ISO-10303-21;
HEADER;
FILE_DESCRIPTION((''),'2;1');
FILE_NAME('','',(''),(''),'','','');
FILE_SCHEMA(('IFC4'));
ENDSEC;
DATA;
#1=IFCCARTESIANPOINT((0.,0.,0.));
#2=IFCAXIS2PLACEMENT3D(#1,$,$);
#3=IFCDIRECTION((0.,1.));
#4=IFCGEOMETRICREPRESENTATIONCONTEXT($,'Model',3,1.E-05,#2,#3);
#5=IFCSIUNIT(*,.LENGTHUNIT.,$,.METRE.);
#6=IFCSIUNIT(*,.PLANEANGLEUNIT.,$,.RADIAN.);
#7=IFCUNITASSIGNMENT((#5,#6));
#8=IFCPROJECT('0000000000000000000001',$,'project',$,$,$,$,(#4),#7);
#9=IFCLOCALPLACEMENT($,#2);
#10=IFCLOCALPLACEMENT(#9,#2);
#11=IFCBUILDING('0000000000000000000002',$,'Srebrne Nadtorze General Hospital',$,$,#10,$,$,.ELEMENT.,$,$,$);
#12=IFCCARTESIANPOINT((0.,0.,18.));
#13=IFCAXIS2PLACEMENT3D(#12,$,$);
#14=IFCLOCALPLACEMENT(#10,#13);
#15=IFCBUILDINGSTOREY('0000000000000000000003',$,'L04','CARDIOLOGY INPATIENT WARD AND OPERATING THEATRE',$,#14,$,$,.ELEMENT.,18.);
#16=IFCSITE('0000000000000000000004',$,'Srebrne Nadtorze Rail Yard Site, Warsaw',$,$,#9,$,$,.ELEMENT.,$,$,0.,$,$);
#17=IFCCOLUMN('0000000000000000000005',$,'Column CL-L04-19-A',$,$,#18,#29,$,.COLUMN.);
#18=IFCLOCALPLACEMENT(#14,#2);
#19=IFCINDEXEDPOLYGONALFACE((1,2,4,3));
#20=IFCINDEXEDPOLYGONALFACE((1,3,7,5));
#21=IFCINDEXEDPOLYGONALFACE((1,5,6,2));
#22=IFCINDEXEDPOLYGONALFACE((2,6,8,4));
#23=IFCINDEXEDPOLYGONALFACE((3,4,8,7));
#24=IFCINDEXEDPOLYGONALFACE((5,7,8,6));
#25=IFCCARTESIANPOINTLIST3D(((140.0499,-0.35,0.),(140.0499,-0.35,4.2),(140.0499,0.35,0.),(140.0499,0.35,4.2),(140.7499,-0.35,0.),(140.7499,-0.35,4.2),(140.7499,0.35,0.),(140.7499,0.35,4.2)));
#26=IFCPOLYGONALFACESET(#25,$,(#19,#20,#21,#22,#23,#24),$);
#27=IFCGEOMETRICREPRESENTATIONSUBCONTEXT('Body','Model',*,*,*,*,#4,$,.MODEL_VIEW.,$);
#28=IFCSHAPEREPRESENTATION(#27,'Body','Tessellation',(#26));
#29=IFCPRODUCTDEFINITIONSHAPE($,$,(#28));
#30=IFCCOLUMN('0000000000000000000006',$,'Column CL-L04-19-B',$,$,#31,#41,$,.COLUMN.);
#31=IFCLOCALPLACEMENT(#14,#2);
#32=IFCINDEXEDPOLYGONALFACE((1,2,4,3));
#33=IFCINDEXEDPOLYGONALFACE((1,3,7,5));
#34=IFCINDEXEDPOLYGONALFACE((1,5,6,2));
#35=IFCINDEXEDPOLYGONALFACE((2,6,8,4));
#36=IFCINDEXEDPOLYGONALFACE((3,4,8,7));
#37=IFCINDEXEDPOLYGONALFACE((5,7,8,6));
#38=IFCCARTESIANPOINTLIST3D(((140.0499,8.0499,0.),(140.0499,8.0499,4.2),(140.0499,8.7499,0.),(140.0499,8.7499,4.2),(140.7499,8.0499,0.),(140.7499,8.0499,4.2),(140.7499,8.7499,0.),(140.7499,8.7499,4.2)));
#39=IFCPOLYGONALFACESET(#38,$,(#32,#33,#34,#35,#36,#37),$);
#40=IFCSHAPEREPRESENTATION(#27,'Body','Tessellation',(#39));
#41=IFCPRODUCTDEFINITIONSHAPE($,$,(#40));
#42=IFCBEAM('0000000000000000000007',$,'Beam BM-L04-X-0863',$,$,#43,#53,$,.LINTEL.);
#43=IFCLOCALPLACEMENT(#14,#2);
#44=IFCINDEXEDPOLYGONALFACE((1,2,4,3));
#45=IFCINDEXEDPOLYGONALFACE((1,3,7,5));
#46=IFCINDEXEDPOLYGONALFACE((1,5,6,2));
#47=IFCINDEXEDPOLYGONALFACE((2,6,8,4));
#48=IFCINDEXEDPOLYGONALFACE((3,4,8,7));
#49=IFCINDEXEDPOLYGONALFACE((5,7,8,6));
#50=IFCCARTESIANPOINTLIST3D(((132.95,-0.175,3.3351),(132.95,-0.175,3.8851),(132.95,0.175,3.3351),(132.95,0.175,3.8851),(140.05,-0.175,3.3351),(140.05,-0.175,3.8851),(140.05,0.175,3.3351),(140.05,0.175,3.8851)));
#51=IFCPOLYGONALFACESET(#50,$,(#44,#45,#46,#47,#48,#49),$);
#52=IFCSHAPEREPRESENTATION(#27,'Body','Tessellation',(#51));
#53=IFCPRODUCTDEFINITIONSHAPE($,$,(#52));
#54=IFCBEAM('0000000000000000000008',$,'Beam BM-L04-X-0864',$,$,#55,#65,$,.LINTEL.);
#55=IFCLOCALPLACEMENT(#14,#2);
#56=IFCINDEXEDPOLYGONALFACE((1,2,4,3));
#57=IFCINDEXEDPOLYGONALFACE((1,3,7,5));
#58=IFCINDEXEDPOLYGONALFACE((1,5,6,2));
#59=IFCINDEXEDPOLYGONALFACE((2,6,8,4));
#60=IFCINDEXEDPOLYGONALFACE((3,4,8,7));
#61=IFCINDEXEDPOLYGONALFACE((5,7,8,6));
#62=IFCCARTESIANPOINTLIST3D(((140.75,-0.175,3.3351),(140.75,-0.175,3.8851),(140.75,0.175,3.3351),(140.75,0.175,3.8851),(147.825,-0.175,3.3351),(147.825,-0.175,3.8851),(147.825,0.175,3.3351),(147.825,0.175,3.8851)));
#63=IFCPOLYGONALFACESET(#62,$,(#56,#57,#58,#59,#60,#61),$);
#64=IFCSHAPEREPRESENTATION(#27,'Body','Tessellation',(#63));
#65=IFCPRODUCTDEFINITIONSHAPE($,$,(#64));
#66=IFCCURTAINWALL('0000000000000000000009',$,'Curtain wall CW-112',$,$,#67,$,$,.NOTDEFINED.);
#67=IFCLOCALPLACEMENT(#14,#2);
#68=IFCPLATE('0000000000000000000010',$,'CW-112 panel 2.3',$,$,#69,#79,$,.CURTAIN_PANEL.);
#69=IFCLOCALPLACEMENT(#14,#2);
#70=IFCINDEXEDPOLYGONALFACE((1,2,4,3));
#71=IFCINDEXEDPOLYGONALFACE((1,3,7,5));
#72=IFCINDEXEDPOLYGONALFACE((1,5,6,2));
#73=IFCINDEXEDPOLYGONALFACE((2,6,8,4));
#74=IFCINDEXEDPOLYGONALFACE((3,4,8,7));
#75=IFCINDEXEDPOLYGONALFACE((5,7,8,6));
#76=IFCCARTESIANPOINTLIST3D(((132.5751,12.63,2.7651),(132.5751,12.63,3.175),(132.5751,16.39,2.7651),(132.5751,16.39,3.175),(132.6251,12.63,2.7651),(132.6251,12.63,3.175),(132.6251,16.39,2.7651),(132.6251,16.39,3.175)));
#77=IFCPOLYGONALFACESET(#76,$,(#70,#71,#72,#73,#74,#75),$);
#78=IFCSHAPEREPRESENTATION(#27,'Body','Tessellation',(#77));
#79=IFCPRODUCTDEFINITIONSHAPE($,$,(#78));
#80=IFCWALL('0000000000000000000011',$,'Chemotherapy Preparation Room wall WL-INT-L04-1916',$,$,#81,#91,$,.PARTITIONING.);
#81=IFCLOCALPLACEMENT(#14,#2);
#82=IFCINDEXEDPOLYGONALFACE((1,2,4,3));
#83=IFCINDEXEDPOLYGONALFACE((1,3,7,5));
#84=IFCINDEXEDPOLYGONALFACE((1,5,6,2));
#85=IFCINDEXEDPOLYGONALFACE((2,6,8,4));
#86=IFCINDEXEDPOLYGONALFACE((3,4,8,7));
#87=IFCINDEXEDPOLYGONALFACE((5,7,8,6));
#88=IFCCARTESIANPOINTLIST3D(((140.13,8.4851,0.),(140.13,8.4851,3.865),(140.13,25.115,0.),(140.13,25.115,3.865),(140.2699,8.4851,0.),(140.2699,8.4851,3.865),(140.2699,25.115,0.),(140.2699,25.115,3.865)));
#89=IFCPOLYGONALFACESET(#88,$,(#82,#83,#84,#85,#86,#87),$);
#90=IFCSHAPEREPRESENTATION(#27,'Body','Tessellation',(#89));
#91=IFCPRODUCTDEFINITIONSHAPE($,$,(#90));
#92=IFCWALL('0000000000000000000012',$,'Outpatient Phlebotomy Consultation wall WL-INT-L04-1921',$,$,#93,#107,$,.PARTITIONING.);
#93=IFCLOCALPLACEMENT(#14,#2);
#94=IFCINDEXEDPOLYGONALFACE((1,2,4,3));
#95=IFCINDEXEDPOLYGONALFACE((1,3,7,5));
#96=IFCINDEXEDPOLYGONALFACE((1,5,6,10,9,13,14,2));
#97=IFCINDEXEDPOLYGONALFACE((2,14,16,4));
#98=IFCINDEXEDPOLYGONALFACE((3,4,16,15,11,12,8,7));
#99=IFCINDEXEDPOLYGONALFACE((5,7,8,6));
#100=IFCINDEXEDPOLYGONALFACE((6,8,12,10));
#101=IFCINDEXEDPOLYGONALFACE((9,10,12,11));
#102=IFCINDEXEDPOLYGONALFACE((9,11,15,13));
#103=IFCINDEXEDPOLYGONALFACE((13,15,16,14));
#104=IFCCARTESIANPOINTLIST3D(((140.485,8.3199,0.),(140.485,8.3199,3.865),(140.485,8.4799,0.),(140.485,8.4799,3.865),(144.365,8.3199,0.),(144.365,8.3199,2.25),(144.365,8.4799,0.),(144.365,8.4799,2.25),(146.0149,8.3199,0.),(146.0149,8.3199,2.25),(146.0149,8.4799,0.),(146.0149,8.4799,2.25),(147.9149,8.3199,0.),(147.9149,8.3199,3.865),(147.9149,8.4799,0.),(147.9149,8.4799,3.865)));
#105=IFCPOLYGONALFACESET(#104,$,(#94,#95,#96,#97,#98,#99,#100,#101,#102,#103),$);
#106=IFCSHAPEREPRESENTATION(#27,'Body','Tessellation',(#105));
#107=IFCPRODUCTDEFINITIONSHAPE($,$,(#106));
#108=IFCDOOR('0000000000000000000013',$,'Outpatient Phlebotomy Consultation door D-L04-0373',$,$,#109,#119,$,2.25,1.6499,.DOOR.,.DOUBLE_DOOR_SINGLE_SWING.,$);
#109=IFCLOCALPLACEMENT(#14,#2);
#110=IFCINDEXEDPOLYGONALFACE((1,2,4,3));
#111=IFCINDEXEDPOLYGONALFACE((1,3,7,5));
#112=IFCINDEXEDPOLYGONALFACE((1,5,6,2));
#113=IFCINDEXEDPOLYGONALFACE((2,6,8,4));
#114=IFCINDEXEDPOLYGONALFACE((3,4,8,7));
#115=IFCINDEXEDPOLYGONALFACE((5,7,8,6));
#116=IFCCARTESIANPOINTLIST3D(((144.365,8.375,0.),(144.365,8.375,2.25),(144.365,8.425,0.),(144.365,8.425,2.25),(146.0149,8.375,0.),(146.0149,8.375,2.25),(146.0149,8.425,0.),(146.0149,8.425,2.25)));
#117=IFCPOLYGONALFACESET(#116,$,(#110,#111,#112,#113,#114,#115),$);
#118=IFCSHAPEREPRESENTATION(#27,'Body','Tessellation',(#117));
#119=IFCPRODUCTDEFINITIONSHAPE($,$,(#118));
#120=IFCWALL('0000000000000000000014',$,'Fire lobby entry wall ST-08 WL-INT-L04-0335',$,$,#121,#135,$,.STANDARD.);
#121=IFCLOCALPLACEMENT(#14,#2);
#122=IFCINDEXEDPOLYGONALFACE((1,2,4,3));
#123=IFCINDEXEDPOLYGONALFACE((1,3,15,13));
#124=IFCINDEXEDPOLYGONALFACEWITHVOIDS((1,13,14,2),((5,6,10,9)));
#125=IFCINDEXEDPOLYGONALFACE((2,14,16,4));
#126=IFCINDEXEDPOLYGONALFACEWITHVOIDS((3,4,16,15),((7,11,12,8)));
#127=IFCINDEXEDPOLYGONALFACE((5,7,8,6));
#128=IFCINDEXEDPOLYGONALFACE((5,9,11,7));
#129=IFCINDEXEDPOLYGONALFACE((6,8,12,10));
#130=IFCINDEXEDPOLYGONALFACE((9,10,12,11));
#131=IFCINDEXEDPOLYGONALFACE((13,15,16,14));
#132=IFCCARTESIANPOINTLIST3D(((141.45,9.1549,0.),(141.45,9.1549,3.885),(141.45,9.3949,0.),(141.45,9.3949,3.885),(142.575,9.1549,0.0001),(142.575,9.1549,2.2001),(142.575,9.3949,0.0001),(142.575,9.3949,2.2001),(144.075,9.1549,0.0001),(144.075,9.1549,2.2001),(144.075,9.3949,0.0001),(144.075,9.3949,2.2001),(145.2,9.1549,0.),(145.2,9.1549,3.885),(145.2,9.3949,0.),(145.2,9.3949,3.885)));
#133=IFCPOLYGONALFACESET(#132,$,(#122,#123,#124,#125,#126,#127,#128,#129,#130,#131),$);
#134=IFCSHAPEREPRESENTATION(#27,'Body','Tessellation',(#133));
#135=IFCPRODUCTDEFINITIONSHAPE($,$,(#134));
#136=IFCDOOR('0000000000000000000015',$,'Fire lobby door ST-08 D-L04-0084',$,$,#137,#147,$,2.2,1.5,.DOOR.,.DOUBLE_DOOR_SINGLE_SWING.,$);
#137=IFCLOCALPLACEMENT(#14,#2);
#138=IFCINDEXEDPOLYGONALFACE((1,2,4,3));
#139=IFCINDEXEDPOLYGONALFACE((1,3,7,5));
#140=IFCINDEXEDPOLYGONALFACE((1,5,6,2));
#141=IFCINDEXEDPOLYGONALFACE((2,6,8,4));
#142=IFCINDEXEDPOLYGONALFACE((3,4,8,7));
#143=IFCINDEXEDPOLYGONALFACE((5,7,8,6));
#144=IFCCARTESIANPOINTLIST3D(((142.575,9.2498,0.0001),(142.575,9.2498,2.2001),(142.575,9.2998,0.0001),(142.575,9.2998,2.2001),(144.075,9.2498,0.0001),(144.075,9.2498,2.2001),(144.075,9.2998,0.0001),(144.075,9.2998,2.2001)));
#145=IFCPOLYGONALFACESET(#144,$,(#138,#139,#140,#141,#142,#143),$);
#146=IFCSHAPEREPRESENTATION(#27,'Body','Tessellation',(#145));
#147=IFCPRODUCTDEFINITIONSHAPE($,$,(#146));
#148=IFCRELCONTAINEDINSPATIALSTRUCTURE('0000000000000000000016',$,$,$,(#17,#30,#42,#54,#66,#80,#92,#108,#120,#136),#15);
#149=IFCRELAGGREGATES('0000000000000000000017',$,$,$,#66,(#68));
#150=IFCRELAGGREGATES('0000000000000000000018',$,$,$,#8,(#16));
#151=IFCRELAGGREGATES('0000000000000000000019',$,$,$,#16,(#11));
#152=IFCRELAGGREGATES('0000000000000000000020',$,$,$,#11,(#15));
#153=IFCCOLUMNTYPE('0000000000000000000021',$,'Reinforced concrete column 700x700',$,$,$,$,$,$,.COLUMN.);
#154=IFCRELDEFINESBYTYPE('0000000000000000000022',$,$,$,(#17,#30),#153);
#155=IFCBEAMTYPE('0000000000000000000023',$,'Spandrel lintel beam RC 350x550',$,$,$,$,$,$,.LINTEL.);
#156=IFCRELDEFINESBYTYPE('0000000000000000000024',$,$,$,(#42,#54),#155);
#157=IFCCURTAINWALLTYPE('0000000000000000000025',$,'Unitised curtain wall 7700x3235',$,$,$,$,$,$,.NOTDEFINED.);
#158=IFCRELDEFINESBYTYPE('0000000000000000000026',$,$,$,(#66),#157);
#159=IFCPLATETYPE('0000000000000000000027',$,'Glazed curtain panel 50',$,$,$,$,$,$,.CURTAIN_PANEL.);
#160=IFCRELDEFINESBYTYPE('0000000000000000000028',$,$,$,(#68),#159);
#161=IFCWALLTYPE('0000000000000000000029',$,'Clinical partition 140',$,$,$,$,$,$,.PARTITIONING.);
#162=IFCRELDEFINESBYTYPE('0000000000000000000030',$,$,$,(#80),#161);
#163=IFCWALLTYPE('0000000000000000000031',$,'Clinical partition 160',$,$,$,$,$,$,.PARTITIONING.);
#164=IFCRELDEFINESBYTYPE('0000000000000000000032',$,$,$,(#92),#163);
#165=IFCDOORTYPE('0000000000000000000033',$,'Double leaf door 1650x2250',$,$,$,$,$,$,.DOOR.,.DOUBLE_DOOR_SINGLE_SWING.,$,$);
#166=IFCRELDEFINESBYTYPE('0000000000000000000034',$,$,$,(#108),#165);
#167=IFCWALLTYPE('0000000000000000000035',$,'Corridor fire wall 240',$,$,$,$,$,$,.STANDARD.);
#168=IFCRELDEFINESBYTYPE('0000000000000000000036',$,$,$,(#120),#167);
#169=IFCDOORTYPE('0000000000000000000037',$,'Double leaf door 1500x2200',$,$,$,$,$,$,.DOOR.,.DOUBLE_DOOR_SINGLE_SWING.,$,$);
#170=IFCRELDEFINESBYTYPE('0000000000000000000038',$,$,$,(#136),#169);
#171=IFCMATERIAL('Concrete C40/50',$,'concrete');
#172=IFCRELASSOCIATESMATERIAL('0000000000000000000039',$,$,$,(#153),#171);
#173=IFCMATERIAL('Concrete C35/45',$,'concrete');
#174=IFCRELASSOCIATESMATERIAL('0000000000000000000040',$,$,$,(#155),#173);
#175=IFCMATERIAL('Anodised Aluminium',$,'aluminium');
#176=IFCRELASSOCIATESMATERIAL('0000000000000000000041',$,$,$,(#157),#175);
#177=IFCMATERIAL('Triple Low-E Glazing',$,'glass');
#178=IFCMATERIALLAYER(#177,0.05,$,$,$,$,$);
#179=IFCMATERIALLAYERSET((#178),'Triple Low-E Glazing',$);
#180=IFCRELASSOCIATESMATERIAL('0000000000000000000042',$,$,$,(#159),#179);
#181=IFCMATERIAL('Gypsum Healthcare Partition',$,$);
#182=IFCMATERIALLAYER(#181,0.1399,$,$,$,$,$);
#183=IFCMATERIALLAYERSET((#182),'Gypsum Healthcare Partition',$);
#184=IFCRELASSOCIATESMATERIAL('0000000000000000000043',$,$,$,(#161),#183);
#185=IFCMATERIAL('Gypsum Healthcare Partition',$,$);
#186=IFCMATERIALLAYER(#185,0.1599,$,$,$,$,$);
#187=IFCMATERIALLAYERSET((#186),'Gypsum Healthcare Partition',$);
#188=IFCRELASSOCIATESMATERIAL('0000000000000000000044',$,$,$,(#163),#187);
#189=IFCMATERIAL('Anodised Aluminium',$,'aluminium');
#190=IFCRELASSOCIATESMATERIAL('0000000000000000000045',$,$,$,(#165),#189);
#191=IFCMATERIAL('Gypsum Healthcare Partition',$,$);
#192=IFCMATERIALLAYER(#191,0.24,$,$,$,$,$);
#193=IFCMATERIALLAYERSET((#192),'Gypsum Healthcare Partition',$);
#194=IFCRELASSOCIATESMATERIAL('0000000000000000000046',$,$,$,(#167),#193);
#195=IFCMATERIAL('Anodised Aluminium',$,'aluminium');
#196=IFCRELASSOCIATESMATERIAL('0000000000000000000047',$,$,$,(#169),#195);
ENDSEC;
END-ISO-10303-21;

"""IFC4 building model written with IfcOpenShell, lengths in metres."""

from ifc_helpers import new_model, si_unit, direction, frame, frame_2d, origin, origin_2d, place, context, subcontext, project, spatial, rectangle, extrude, material, layer, layer_set, material_profile, profile_set, type_object, element, fill, aggregate, save


model = new_model("IFC4")

# Units and contexts
model_context = context("Model", 3, precision=1e-05, world=origin(), true_north=direction((0.0, 1.0)))
body_context = subcontext(model_context, "Body", "Model", "MODEL_VIEW")
ifc_project = project(units=[si_unit("LENGTHUNIT", "METRE"), si_unit("PLANEANGLEUNIT", "RADIAN")], contexts=[model_context])

# Site, building, storey
site_placement = place(None, origin())
site = spatial("IfcSite", under=ifc_project, at=site_placement, Name="Srebrne Nadtorze Rail Yard Site, Warsaw", CompositionType="ELEMENT", RefElevation=0.0)
building_placement = place(site_placement, origin())
building = spatial("IfcBuilding", under=site, at=building_placement, Name="Srebrne Nadtorze General Hospital", CompositionType="ELEMENT")
storey_placement = place(building_placement, frame((0.0, 0.0, 18.0)))
storey = spatial("IfcBuildingStorey", under=building, at=storey_placement, Name="L04", Description="CARDIOLOGY INPATIENT WARD AND OPERATING THEATRE", CompositionType="ELEMENT", Elevation=18.0)

# Columns
ifc_material_1 = material(Name="Concrete C40/50", Category="concrete")
ifc_material_profile_1 = material_profile(ifc_material_1, rectangle(XDim=0.7, YDim=0.7, at=origin_2d()), Name="RC-COL-700x700")
ifc_profile_set_1 = profile_set([ifc_material_profile_1], Name="Concrete C40/50")
column_type = type_object("IfcColumnType", Name="Reinforced concrete column 700x700", PredefinedType="COLUMN", material=ifc_profile_set_1)
for number, where, z_axis, x_axis, name in (
    (1, (140.3999, 0.0, 0.0), (0.0, 0.0, 1.0), (1.0, 0.0, 0.0), "Column CL-L04-19-A"),
    (2, (140.3999, 8.3999, 0.0), (0.0, 0.0, 1.0), (1.0, 0.0, 0.0), "Column CL-L04-19-B"),
):
    element("IfcColumn", number, at=place(storey_placement, frame(where, z_axis=z_axis, x_axis=x_axis)), inside=storey, type_object=column_type, Name=name, PredefinedType="COLUMN", context=body_context, shape_type="SweptSolid", body=[
        extrude(rectangle(XDim=0.7, YDim=0.7, at=origin_2d()), origin(), (0.0, 0.0, 1.0), 4.2),
    ])

# Beams
ifc_material_2 = material(Name="Concrete C35/45", Category="concrete")
ifc_material_profile_2 = material_profile(ifc_material_2, rectangle(XDim=0.3501, YDim=0.55, at=origin_2d()), Name="RC-BM-350x550")
ifc_profile_set_2 = profile_set([ifc_material_profile_2], Name="Concrete C35/45")
beam_type = type_object("IfcBeamType", Name="Spandrel lintel beam RC 350x550", PredefinedType="LINTEL", material=ifc_profile_set_2)
beam_1_placement = place(storey_placement, frame((132.95, 0.0, 3.6101), z_axis=(1.0, 0.0, 0.0), x_axis=(0.0, 1.0, 0.0)))
element("IfcBeam", 3, at=beam_1_placement, inside=storey, type_object=beam_type, Name="Beam BM-L04-X-0863", PredefinedType="LINTEL", context=body_context, shape_type="SweptSolid", body=[
    extrude(rectangle(XDim=0.3501, YDim=0.55, at=origin_2d()), origin(), (0.0, 0.0, 1.0), 7.1001),
])
beam_2_placement = place(storey_placement, frame((140.75, 0.0, 3.6101), z_axis=(1.0, 0.0, 0.0), x_axis=(0.0, 1.0, 0.0)))
element("IfcBeam", 4, at=beam_2_placement, inside=storey, type_object=beam_type, Name="Beam BM-L04-X-0864", PredefinedType="LINTEL", context=body_context, shape_type="SweptSolid", body=[
    extrude(rectangle(XDim=0.3501, YDim=0.55, at=origin_2d()), origin(), (0.0, 0.0, 1.0), 7.075),
])

# Curtain wall, plate
ifc_material_3 = material(Name="Anodised Aluminium", Category="aluminium")
curtain_wall_type = type_object("IfcCurtainWallType", Name="Unitised curtain wall 7700x3235", PredefinedType="NOTDEFINED", material=ifc_material_3)
curtain_wall_placement = place(storey_placement, origin())
curtain_wall = element("IfcCurtainWall", 5, at=curtain_wall_placement, inside=storey, type_object=curtain_wall_type, Name="Curtain wall CW-112", PredefinedType="NOTDEFINED")
ifc_material_4 = material(Name="Triple Low-E Glazing", Category="glass")
ifc_layer_1 = layer(ifc_material_4, 0.05)
ifc_layer_set_1 = layer_set([ifc_layer_1], Name="Triple Low-E Glazing")
plate_type = type_object("IfcPlateType", Name="Glazed curtain panel 50", PredefinedType="CURTAIN_PANEL", material=ifc_layer_set_1)
plate_placement = place(storey_placement, frame((132.6001, 14.51, 2.7651), z_axis=(0.0, 0.0, 1.0), x_axis=(0.0, 1.0, 0.0)))
plate = element("IfcPlate", 6, at=plate_placement, type_object=plate_type, Name="CW-112 panel 2.3", PredefinedType="CURTAIN_PANEL", context=body_context, shape_type="SweptSolid", body=[
    extrude(rectangle(XDim=3.76, YDim=0.05, at=origin_2d()), origin(), (0.0, 0.0, 1.0), 0.4099),
])
aggregate(curtain_wall, [plate])

# Wall
ifc_material_5 = material(Name="Gypsum Healthcare Partition")
ifc_layer_2 = layer(ifc_material_5, 0.1399)
ifc_layer_set_2 = layer_set([ifc_layer_2], Name="Gypsum Healthcare Partition")
wall_type_1 = type_object("IfcWallType", Name="Clinical partition 140", PredefinedType="PARTITIONING", material=ifc_layer_set_2)
wall_1_placement = place(storey_placement, frame((140.2, 8.4851, 0.0), z_axis=(0.0, 0.0, 1.0), x_axis=(0.0, 1.0, 0.0)))
element("IfcWall", 7, at=wall_1_placement, inside=storey, type_object=wall_type_1, Name="Chemotherapy Preparation Room wall WL-INT-L04-1916", PredefinedType="PARTITIONING", context=body_context, shape_type="SweptSolid", body=[
    extrude(rectangle(XDim=16.6299, YDim=0.1399, at=frame_2d((8.3149, 0.0))), origin(), (0.0, 0.0, 1.0), 3.865),
])

# Wall, opening, door
ifc_material_6 = material(Name="Gypsum Healthcare Partition")
ifc_layer_3 = layer(ifc_material_6, 0.1599)
ifc_layer_set_3 = layer_set([ifc_layer_3], Name="Gypsum Healthcare Partition")
wall_type_2 = type_object("IfcWallType", Name="Clinical partition 160", PredefinedType="PARTITIONING", material=ifc_layer_set_3)
wall_2_placement = place(storey_placement, frame((140.4851, 8.3999, 0.0), z_axis=(0.0, 0.0, 1.0), x_axis=(1.0, 0.0, 0.0)))
wall_2 = element("IfcWall", 8, at=wall_2_placement, inside=storey, type_object=wall_type_2, Name="Outpatient Phlebotomy Consultation wall WL-INT-L04-1921", PredefinedType="PARTITIONING", context=body_context, shape_type="SweptSolid", body=[
    extrude(rectangle(XDim=7.4299, YDim=0.1599, at=frame_2d((3.7148, 0.0))), origin(), (0.0, 0.0, 1.0), 3.865),
])
opening_1_placement = place(wall_2_placement, frame((3.8799, 0.0, 0.0)))
opening_1 = element("IfcOpeningElement", 9, at=opening_1_placement, cuts=wall_2, PredefinedType="OPENING", context=body_context, shape_type="SweptSolid", body=[
    extrude(rectangle(XDim=1.6499, YDim=2.25, at=frame_2d((0.825, 1.125))), frame((0.0, 0.0918, 0.0), z_axis=(0.0, -1.0, 0.0), x_axis=(1.0, 0.0, 0.0)), (0.0, 0.0, 1.0), 0.1838),
])
ifc_material_7 = material(Name="Anodised Aluminium", Category="aluminium")
door_type_1 = type_object("IfcDoorType", Name="Double leaf door 1650x2250", OperationType="DOUBLE_DOOR_SINGLE_SWING", PredefinedType="DOOR", material=ifc_material_7)
door_1_placement = place(opening_1_placement, frame((1.6499, 0.0, 0.0), z_axis=(0.0, 0.0, 1.0), x_axis=(-1.0, 0.0, 0.0)))
door_1 = element("IfcDoor", 10, at=door_1_placement, inside=storey, type_object=door_type_1, Name="Outpatient Phlebotomy Consultation door D-L04-0373", OperationType="DOUBLE_DOOR_SINGLE_SWING", OverallHeight=2.25, OverallWidth=1.6499, PredefinedType="DOOR", context=body_context, shape_type="SweptSolid", body=[
    extrude(rectangle(XDim=1.6499, YDim=2.25, at=frame_2d((0.825, 1.125))), frame((0.0, 0.0249, 0.0), z_axis=(0.0, -1.0, 0.0), x_axis=(1.0, 0.0, 0.0)), (0.0, 0.0, 1.0), 0.05),
])
fill(opening_1, door_1)

# Shared definitions
ifc_material_8 = material(Name="Gypsum Healthcare Partition")
ifc_layer_4 = layer(ifc_material_8, 0.24)
ifc_layer_set_4 = layer_set([ifc_layer_4], Name="Gypsum Healthcare Partition")
wall_type_3 = type_object("IfcWallType", Name="Corridor fire wall 240", PredefinedType="STANDARD", material=ifc_layer_set_4)

# Wall, opening, door
wall_3_placement = place(storey_placement, frame((141.45, 9.2749, 0.0), z_axis=(0.0, 0.0, 1.0), x_axis=(1.0, 0.0, 0.0)))
wall_3 = element("IfcWall", 11, at=wall_3_placement, inside=storey, type_object=wall_type_3, Name="Fire lobby entry wall ST-08 WL-INT-L04-0335", PredefinedType="STANDARD", context=body_context, shape_type="SweptSolid", body=[
    extrude(rectangle(XDim=3.75, YDim=0.24, at=frame_2d((1.875, 0.0))), origin(), (0.0, 0.0, 1.0), 3.885),
])
opening_2_placement = place(wall_3_placement, frame((1.125, 0.0, 0.0)))
opening_2 = element("IfcOpeningElement", 12, at=opening_2_placement, cuts=wall_3, PredefinedType="OPENING", context=body_context, shape_type="SweptSolid", body=[
    extrude(rectangle(XDim=1.5, YDim=2.2, at=frame_2d((0.75, 1.1001))), frame((0.0, 0.1318, 0.0), z_axis=(0.0, -1.0, 0.0), x_axis=(1.0, 0.0, 0.0)), (0.0, 0.0, 1.0), 0.2639),
])
ifc_material_9 = material(Name="Anodised Aluminium", Category="aluminium")
door_type_2 = type_object("IfcDoorType", Name="Double leaf door 1500x2200", OperationType="DOUBLE_DOOR_SINGLE_SWING", PredefinedType="DOOR", material=ifc_material_9)
door_2_placement = place(opening_2_placement, origin())
door_2 = element("IfcDoor", 13, at=door_2_placement, inside=storey, type_object=door_type_2, Name="Fire lobby door ST-08 D-L04-0084", OperationType="DOUBLE_DOOR_SINGLE_SWING", OverallHeight=2.2, OverallWidth=1.5, PredefinedType="DOOR", context=body_context, shape_type="SweptSolid", body=[
    extrude(rectangle(XDim=1.5, YDim=2.2, at=frame_2d((0.75, 1.1001))), frame((0.0, 0.0249, 0.0), z_axis=(0.0, -1.0, 0.0), x_axis=(1.0, 0.0, 0.0)), (0.0, 0.0, 1.0), 0.05),
])
fill(opening_2, door_2)

save(model, "model.ifc")
